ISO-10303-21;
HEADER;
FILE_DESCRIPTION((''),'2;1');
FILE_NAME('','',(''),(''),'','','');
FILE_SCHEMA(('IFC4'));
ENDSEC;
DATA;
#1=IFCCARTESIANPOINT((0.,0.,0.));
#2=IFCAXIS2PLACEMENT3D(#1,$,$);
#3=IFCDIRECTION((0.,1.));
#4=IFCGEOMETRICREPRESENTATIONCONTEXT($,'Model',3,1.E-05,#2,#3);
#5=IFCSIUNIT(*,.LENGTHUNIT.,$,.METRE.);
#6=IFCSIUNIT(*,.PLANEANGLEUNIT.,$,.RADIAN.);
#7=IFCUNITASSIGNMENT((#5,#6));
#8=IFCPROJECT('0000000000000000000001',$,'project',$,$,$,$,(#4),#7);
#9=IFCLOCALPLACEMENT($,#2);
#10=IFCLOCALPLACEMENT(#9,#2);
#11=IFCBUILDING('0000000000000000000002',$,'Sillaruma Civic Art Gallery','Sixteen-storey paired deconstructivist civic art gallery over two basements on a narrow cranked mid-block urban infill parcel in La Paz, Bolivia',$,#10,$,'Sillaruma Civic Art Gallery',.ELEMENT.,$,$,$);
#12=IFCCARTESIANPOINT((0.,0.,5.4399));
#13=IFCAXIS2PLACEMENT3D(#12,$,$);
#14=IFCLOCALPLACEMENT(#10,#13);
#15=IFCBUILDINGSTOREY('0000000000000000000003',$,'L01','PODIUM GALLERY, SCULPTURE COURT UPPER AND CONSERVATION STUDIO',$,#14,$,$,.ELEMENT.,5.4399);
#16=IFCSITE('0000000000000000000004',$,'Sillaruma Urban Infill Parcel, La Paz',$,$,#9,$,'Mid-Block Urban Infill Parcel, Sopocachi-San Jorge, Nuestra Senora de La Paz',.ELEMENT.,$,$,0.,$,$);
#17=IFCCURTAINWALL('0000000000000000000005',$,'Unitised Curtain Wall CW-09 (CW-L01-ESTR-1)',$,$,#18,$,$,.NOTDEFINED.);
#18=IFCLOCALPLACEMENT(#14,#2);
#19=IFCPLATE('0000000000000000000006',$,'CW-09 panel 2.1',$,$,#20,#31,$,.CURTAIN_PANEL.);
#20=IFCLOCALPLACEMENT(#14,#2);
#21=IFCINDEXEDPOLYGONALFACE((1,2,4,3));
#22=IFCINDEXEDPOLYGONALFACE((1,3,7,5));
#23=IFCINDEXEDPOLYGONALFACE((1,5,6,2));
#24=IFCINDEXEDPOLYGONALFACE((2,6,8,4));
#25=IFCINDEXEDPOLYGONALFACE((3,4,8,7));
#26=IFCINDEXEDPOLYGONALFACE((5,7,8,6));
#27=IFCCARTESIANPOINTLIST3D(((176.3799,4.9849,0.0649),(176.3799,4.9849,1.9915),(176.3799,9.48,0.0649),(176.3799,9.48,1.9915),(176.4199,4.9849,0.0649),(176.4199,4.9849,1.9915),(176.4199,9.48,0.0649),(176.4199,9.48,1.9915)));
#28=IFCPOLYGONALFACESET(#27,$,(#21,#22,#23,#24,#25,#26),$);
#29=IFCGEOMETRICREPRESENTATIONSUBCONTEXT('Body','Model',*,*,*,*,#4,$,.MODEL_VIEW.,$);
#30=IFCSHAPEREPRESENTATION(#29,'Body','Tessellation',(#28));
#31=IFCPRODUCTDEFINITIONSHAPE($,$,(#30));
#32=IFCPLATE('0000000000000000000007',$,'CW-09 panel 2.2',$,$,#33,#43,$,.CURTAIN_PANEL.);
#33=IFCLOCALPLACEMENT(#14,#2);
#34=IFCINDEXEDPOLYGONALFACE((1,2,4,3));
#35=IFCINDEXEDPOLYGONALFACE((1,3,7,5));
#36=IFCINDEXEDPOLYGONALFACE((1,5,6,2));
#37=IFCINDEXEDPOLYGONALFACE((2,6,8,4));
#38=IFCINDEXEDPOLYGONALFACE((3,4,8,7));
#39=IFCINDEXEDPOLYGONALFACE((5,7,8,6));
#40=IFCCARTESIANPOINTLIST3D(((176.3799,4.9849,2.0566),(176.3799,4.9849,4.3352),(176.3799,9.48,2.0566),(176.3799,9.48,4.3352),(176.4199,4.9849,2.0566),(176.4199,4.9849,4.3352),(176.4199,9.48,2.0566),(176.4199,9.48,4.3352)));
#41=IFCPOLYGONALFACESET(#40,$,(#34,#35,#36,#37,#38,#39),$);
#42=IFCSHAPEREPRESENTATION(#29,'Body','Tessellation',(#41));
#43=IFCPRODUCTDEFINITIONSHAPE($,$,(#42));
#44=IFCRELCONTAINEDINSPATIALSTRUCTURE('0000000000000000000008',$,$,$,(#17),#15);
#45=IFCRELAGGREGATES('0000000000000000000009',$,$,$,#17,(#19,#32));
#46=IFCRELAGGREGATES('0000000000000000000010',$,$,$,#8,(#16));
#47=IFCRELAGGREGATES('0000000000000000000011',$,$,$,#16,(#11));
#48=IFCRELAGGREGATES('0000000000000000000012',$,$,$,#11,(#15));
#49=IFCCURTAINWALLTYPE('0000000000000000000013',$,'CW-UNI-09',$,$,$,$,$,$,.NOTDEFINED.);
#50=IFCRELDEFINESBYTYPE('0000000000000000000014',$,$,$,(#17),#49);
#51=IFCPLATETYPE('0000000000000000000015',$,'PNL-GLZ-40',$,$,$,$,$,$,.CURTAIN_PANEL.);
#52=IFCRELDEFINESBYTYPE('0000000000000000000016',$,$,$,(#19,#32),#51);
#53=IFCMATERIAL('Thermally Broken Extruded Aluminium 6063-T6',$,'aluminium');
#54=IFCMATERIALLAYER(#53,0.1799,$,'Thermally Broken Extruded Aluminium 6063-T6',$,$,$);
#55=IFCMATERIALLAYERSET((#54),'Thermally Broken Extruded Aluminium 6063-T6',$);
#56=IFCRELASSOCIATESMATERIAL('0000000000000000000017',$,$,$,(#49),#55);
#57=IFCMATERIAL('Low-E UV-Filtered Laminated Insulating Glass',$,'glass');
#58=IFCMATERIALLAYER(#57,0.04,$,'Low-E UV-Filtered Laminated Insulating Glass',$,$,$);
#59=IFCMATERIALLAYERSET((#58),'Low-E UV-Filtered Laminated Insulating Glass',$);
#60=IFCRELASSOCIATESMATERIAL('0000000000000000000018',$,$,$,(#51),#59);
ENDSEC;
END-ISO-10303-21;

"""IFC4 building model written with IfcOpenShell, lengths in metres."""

from ifc_helpers import new_model, si_unit, direction, frame, origin, origin_2d, place, context, subcontext, project, spatial, rectangle, extrude, material, layer, layer_set, type_object, element, aggregate, save


model = new_model("IFC4")

# Units and contexts
model_context = context("Model", 3, precision=1e-05, world=origin(), true_north=direction((0.0, 1.0)))
body_context = subcontext(model_context, "Body", "Model", "MODEL_VIEW")
ifc_project = project(units=[si_unit("LENGTHUNIT", "METRE"), si_unit("PLANEANGLEUNIT", "RADIAN")], contexts=[model_context])

# Site, building, storey
site_placement = place(None, origin())
site = spatial("IfcSite", under=ifc_project, at=site_placement, Name="Sillaruma Urban Infill Parcel, La Paz", LongName="Mid-Block Urban Infill Parcel, Sopocachi-San Jorge, Nuestra Senora de La Paz", CompositionType="ELEMENT", RefElevation=0.0)
building_placement = place(site_placement, origin())
building = spatial("IfcBuilding", under=site, at=building_placement, Name="Sillaruma Civic Art Gallery", Description="Sixteen-storey paired deconstructivist civic art gallery over two basements on a narrow cranked mid-block urban infill parcel in La Paz, Bolivia", LongName="Sillaruma Civic Art Gallery", CompositionType="ELEMENT")
storey_placement = place(building_placement, frame((0.0, 0.0, 5.4399)))
storey = spatial("IfcBuildingStorey", under=building, at=storey_placement, Name="L01", Description="PODIUM GALLERY, SCULPTURE COURT UPPER AND CONSERVATION STUDIO", CompositionType="ELEMENT", Elevation=5.4399)

# Curtain wall
ifc_material_1 = material(Name="Thermally Broken Extruded Aluminium 6063-T6", Category="aluminium")
ifc_layer_1 = layer(ifc_material_1, 0.1799, Name="Thermally Broken Extruded Aluminium 6063-T6")
ifc_layer_set_1 = layer_set([ifc_layer_1], Name="Thermally Broken Extruded Aluminium 6063-T6")
curtain_wall_type_1 = type_object("IfcCurtainWallType", Name="CW-UNI-09", PredefinedType="NOTDEFINED", material=ifc_layer_set_1)
curtain_wall_1_placement = place(storey_placement, origin())
curtain_wall_1 = element("IfcCurtainWall", 1, at=curtain_wall_1_placement, inside=storey, type_object=curtain_wall_type_1, Name="Unitised Curtain Wall CW-09 (CW-L01-ESTR-1)", PredefinedType="NOTDEFINED")

# Plates
ifc_material_2 = material(Name="Low-E UV-Filtered Laminated Insulating Glass", Category="glass")
ifc_layer_2 = layer(ifc_material_2, 0.04, Name="Low-E UV-Filtered Laminated Insulating Glass")
ifc_layer_set_2 = layer_set([ifc_layer_2], Name="Low-E UV-Filtered Laminated Insulating Glass")
plate_type_1 = type_object("IfcPlateType", Name="PNL-GLZ-40", PredefinedType="CURTAIN_PANEL", material=ifc_layer_set_2)
plate_1_placement = place(storey_placement, frame((176.3999, 7.2324, 0.0649), z_axis=(0.0, 0.0, 1.0), x_axis=(0.0, 1.0, 0.0)))
plate_1 = element("IfcPlate", 2, at=plate_1_placement, type_object=plate_type_1, Name="CW-09 panel 2.1", PredefinedType="CURTAIN_PANEL", context=body_context, shape_type="SweptSolid", body=[
    extrude(rectangle(XDim=4.4951, YDim=0.04, at=origin_2d()), origin(), (0.0, 0.0, 1.0), 1.9265),
])
plate_2_placement = place(storey_placement, frame((176.3999, 7.2324, 2.0566), z_axis=(0.0, 0.0, 1.0), x_axis=(0.0, 1.0, 0.0)))
plate_2 = element("IfcPlate", 3, at=plate_2_placement, type_object=plate_type_1, Name="CW-09 panel 2.2", PredefinedType="CURTAIN_PANEL", context=body_context, shape_type="SweptSolid", body=[
    extrude(rectangle(XDim=4.4951, YDim=0.04, at=origin_2d()), origin(), (0.0, 0.0, 1.0), 2.2786),
])
aggregate(curtain_wall_1, [plate_1, plate_2])

save(model, "model.ifc")
